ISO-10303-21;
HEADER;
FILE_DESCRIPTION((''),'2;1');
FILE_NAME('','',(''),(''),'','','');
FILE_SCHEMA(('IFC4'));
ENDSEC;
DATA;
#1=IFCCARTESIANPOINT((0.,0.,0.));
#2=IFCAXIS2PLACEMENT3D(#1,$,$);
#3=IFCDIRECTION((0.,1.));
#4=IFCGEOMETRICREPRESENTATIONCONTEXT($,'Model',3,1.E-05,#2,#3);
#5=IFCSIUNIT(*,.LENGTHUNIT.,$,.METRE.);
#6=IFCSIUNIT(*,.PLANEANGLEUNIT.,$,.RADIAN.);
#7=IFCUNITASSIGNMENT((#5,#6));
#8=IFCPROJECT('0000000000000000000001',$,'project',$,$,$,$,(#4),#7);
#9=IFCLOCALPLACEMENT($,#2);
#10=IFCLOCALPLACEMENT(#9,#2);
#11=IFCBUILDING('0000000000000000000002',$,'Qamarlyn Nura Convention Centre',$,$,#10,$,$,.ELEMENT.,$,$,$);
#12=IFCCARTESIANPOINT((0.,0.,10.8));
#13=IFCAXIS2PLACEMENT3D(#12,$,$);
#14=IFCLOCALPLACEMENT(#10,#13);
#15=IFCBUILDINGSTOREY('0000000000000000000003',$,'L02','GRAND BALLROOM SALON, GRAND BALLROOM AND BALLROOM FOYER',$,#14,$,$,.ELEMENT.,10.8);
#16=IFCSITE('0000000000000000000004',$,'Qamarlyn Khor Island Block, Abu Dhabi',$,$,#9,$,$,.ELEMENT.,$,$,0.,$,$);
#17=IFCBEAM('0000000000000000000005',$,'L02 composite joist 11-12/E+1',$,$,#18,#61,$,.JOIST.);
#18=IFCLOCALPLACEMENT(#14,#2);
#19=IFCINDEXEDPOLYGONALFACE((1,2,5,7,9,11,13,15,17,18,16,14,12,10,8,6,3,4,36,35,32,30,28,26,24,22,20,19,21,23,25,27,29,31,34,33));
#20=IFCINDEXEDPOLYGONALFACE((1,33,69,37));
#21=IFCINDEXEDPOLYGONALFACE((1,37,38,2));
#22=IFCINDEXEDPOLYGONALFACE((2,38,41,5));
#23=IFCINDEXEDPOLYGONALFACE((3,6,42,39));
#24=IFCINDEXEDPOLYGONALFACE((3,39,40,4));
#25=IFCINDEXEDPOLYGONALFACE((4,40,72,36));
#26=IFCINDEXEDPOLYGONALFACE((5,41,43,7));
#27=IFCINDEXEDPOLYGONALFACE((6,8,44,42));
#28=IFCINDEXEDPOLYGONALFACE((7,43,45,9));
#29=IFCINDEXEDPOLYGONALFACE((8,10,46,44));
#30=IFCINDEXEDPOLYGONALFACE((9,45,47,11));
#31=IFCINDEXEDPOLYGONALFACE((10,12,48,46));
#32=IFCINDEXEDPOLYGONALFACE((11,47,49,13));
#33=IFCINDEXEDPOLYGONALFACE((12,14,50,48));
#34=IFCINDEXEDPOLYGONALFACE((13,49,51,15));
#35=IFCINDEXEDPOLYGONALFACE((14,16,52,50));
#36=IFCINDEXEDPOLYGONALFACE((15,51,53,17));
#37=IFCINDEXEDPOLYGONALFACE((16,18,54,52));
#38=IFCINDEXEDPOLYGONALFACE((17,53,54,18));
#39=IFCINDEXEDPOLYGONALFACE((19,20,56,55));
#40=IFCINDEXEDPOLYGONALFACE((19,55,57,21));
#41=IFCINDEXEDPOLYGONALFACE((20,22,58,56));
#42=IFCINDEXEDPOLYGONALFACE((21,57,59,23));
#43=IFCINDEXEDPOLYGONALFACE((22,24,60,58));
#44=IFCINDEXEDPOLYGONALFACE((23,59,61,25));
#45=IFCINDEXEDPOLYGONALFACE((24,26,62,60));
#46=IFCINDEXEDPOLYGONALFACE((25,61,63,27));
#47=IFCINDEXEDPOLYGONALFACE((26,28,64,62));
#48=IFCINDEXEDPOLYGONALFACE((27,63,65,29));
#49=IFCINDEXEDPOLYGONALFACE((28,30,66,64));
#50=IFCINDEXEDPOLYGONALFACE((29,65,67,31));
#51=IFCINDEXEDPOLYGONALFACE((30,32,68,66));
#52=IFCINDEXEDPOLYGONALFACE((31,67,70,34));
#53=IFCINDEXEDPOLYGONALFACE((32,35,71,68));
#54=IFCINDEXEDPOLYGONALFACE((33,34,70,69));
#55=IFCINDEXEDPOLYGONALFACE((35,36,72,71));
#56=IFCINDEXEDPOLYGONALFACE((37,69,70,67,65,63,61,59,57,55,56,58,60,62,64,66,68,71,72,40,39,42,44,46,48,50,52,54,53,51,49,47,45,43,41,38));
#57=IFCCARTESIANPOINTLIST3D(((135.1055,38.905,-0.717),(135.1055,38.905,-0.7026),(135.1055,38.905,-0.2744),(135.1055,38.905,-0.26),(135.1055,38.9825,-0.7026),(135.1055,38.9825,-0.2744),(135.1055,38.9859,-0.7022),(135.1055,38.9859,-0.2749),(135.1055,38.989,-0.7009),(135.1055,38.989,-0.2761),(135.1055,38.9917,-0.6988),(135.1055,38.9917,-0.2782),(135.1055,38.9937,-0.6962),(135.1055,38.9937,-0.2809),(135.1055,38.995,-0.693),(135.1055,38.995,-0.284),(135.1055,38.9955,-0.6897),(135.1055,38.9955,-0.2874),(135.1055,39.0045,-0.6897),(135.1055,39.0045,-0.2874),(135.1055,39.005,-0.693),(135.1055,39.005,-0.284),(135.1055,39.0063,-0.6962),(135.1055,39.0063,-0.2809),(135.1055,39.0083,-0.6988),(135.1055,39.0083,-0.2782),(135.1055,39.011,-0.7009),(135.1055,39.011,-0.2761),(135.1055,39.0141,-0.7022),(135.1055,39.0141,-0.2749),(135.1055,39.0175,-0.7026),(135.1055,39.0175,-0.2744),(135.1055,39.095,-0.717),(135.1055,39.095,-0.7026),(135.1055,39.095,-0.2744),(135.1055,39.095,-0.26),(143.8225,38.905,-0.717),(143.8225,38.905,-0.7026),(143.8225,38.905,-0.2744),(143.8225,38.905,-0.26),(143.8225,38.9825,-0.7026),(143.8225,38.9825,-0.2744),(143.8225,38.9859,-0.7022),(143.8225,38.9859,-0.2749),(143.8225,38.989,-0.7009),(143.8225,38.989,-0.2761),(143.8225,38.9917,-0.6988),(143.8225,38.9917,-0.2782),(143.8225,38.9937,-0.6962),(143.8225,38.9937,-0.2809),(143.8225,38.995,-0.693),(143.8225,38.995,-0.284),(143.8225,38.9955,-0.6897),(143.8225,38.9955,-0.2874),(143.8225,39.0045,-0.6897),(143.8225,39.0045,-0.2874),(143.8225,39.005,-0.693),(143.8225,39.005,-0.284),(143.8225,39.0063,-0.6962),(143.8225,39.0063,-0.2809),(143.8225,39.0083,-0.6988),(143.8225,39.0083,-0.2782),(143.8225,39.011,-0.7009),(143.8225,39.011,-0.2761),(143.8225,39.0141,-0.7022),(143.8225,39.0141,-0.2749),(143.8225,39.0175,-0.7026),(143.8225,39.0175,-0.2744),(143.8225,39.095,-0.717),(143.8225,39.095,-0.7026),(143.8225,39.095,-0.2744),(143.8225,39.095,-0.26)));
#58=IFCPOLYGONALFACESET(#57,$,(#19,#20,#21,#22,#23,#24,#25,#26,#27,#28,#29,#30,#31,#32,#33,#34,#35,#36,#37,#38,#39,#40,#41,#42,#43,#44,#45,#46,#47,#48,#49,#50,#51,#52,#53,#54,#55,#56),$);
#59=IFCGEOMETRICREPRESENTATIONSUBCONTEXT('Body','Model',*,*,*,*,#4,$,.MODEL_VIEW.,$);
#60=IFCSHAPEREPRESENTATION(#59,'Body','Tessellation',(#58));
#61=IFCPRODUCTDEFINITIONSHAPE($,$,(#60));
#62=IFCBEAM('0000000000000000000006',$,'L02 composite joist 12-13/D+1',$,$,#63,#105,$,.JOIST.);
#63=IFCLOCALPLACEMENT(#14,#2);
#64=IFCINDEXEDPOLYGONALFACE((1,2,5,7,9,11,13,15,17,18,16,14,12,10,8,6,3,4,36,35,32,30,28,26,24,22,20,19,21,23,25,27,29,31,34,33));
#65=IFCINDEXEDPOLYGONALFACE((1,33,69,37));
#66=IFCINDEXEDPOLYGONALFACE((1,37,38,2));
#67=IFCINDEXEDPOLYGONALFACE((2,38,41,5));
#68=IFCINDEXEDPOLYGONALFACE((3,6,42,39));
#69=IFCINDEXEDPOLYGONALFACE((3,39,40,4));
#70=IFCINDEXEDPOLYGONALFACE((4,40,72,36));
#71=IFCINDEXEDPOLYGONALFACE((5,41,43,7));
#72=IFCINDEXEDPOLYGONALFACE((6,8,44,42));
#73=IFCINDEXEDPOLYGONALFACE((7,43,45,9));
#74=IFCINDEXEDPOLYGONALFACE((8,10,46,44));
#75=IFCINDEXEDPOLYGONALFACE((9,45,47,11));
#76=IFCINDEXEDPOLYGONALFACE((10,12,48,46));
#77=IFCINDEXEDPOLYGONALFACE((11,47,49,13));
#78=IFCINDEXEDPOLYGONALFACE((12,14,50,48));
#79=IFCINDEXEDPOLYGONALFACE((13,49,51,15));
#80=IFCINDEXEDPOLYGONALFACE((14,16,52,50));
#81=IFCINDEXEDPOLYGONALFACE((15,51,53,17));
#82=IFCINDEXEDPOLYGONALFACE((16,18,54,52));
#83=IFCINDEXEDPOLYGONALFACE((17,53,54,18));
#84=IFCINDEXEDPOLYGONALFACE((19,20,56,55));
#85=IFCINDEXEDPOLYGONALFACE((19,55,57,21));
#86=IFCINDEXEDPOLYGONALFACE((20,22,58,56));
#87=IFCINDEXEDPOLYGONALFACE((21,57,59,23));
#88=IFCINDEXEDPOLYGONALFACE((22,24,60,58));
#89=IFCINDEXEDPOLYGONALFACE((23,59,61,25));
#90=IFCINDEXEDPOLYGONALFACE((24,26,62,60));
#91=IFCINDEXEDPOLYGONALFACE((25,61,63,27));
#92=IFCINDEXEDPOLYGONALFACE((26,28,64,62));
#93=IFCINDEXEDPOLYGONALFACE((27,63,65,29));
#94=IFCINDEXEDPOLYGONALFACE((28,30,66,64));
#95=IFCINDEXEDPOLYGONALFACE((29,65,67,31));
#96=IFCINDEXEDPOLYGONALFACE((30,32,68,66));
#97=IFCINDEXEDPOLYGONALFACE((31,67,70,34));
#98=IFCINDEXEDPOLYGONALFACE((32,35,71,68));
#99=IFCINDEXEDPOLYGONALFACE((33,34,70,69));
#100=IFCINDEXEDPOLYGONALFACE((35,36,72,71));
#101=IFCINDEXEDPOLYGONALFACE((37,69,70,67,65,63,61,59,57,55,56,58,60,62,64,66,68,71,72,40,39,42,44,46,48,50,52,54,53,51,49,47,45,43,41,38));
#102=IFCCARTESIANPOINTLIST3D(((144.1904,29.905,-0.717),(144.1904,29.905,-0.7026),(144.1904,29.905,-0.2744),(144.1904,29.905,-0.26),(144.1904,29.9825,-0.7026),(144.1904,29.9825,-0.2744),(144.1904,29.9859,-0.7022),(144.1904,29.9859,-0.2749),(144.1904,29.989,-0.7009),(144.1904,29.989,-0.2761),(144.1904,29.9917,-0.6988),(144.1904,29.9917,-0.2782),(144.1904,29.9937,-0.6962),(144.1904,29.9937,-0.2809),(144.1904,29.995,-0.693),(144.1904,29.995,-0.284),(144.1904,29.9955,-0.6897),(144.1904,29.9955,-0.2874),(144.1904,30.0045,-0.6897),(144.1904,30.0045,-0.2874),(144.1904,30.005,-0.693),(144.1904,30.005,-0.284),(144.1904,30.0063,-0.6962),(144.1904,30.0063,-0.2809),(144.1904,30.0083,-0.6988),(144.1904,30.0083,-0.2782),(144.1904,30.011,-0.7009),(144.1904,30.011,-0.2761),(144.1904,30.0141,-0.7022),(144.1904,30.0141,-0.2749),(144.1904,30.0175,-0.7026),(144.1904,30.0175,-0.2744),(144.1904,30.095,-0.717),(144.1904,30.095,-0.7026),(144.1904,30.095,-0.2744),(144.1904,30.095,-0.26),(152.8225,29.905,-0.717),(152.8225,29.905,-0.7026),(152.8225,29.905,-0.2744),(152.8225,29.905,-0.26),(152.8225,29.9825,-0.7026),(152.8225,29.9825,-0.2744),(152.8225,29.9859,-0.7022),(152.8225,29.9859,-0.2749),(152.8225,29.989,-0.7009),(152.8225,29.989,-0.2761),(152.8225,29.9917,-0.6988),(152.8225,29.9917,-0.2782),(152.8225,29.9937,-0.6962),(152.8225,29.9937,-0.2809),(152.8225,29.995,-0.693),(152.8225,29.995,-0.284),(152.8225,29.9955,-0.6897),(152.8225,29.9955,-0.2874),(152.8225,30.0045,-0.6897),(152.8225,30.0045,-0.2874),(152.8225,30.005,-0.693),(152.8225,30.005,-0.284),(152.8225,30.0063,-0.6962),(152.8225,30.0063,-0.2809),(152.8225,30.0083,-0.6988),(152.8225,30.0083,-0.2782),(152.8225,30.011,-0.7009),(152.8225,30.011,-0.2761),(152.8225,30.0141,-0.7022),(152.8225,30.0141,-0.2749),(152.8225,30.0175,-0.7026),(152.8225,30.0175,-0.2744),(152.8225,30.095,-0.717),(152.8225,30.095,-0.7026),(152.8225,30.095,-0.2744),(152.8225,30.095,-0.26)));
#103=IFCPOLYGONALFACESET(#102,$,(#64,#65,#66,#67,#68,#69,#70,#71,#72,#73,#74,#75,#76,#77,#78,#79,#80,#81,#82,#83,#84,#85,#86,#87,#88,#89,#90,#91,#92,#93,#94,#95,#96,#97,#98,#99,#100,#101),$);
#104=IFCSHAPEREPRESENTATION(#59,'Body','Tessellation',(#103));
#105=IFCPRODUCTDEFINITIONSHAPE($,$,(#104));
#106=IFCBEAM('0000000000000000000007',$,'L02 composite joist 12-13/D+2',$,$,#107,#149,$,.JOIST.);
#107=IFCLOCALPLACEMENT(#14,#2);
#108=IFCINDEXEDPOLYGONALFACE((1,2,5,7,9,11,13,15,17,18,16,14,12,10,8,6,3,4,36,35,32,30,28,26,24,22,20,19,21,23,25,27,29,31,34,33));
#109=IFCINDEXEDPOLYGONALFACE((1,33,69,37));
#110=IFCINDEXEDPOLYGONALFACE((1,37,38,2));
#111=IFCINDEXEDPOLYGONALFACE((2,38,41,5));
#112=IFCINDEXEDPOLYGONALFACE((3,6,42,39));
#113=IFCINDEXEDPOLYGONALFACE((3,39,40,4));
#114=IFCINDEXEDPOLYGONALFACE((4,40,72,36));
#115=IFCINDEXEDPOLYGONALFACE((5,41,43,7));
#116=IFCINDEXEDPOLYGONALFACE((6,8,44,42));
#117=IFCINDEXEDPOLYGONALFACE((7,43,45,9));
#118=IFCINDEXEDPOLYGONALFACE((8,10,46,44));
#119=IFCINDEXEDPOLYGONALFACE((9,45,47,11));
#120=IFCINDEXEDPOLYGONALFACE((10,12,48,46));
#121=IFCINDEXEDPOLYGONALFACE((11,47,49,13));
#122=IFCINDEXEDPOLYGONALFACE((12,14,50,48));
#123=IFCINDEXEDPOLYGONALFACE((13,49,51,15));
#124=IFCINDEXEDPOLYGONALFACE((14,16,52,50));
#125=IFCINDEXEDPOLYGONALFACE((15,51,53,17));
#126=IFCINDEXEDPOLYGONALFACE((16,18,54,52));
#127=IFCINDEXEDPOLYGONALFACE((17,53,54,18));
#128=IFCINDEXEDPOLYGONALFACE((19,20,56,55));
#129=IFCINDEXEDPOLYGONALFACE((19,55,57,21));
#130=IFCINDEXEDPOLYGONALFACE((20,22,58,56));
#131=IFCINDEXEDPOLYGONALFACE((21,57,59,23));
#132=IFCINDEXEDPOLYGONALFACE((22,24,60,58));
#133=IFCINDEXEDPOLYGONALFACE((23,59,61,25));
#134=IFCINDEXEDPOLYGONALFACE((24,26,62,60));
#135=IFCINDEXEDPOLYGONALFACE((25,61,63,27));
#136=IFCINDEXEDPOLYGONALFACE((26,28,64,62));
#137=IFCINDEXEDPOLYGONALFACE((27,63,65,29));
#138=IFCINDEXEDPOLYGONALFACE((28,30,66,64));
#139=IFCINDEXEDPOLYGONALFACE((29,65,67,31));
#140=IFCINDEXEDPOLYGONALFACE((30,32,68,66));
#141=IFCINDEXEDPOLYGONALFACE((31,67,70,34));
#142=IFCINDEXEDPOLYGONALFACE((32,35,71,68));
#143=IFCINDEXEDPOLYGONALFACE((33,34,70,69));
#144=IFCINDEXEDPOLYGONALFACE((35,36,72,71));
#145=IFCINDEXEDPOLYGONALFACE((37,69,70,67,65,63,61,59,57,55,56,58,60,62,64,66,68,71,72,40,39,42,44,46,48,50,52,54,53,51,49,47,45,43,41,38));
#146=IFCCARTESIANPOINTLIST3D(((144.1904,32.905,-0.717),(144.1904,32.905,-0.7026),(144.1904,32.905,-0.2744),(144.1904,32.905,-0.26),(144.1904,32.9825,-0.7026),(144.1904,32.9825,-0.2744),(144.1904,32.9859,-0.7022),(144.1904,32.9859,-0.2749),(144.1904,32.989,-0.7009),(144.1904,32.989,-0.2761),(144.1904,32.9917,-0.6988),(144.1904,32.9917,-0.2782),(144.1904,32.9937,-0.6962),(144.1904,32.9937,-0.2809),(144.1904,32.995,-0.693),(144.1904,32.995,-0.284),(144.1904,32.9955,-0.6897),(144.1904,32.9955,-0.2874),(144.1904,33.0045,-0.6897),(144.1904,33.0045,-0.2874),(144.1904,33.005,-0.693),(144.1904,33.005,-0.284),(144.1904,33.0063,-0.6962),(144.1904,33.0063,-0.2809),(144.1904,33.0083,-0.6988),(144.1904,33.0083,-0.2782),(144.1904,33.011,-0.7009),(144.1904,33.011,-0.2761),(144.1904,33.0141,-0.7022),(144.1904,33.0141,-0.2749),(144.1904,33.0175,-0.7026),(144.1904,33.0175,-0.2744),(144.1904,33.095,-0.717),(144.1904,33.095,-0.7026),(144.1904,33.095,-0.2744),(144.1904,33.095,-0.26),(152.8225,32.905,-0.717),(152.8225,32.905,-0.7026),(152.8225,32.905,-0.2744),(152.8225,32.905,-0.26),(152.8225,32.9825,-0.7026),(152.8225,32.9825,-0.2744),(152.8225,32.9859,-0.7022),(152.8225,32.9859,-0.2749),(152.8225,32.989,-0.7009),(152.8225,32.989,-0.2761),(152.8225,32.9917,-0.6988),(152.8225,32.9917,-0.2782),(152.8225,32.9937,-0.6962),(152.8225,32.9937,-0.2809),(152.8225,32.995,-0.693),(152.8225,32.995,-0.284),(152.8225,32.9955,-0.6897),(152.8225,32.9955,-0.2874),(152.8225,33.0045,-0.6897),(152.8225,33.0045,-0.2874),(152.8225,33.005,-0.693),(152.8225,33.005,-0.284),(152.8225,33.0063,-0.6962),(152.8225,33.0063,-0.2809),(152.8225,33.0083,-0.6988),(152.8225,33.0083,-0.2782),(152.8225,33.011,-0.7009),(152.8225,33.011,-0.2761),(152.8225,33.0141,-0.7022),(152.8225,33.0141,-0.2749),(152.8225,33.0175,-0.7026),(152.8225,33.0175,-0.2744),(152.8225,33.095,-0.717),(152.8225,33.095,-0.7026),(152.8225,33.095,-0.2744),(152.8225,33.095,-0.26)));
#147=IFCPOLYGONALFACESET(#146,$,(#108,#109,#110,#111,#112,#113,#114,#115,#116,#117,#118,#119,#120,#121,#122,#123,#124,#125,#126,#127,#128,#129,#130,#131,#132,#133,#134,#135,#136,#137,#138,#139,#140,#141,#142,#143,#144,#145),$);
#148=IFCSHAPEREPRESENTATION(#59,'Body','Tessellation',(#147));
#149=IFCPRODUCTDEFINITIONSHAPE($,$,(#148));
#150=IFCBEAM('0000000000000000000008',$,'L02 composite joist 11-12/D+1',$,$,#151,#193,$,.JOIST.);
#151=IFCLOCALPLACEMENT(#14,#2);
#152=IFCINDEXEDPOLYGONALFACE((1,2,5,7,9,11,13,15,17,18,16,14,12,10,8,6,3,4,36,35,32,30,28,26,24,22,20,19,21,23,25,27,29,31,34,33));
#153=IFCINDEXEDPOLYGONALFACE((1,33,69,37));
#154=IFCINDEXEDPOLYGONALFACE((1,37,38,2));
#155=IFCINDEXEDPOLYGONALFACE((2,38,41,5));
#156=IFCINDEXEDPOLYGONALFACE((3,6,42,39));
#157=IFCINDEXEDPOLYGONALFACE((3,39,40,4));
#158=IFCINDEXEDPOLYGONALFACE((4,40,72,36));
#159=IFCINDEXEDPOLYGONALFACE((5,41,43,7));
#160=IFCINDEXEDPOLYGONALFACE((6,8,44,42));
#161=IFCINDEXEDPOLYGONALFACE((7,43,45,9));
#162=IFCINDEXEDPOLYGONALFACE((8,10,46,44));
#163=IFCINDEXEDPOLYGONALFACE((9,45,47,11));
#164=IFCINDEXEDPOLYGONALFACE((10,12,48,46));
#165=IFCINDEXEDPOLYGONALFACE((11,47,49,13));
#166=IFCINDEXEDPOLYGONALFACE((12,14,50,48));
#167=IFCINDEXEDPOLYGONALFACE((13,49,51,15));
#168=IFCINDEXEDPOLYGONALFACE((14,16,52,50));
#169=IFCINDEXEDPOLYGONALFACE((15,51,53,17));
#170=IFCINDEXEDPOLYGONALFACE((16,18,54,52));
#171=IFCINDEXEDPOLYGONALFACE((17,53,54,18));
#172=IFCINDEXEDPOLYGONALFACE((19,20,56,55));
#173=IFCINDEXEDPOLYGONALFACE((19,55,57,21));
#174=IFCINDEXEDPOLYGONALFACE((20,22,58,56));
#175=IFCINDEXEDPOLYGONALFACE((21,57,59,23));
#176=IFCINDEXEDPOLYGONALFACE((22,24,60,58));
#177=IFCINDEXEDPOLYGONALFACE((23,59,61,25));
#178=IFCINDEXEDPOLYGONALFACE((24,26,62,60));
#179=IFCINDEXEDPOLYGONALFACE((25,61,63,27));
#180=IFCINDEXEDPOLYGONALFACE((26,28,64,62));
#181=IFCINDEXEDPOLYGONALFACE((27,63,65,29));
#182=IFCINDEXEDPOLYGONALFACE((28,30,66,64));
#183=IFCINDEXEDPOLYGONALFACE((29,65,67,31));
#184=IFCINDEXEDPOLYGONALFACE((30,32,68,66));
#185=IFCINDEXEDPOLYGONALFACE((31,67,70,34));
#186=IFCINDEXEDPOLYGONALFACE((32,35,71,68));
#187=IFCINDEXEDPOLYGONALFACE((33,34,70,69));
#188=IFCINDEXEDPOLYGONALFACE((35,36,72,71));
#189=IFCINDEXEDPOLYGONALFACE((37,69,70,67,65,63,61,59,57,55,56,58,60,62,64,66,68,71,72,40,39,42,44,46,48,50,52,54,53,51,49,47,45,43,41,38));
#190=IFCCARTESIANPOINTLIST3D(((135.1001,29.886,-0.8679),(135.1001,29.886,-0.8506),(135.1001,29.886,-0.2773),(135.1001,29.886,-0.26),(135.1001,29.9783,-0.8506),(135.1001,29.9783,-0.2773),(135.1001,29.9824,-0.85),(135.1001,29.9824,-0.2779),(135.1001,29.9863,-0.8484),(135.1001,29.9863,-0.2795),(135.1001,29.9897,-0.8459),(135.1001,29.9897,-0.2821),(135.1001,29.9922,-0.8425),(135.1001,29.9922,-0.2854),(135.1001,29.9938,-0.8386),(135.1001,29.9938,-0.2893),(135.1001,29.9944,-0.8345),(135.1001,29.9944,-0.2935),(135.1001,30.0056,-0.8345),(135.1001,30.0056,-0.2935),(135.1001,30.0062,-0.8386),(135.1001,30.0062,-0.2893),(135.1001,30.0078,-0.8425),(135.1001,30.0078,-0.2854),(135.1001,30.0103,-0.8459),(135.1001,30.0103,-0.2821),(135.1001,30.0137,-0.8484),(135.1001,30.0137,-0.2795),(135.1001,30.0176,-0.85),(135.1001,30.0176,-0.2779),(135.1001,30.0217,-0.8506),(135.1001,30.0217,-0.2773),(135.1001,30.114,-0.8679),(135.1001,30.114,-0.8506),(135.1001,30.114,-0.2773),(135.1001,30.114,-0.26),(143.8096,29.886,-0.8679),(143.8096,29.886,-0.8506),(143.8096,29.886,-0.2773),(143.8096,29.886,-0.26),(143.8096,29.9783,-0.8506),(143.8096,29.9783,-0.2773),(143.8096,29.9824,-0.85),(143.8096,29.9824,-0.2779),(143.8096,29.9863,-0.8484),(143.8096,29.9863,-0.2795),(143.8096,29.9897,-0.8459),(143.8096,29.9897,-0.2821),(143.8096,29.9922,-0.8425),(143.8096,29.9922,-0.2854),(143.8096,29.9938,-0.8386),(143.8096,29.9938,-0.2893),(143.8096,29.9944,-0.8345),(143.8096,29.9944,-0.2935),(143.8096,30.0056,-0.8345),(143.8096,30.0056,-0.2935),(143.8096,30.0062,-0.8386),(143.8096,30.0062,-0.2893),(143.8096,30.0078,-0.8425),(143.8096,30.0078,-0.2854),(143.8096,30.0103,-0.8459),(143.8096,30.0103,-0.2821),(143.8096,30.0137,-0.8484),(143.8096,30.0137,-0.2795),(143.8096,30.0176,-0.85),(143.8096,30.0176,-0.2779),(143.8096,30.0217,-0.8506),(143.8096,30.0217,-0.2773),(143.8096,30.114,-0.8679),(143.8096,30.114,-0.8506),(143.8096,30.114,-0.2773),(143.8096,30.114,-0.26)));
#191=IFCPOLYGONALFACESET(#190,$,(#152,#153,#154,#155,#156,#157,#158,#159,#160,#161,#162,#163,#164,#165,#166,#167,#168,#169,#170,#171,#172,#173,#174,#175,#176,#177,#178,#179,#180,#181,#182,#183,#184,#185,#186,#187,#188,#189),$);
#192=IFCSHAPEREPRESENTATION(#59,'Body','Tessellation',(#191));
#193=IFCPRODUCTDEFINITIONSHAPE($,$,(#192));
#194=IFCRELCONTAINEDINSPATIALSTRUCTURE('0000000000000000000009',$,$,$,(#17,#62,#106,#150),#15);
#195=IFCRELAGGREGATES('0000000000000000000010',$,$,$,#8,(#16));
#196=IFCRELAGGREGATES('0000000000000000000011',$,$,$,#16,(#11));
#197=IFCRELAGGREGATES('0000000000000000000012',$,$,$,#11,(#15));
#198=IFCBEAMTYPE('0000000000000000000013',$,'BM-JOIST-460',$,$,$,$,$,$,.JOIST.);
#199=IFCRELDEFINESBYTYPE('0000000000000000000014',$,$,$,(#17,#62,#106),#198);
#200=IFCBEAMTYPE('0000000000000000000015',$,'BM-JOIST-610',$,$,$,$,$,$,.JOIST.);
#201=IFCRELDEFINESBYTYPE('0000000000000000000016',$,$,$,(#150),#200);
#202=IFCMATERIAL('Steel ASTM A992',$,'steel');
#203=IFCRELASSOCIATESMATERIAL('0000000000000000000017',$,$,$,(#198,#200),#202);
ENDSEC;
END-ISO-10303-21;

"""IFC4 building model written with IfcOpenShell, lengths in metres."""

from ifc_helpers import new_model, si_unit, direction, frame, origin, origin_2d, place, context, subcontext, project, spatial, i_section, extrude, material, material_profile, profile_set, type_object, element, save


model = new_model("IFC4")

# Units and contexts
model_context = context("Model", 3, precision=1e-05, world=origin(), true_north=direction((0.0, 1.0)))
body_context = subcontext(model_context, "Body", "Model", "MODEL_VIEW")
ifc_project = project(units=[si_unit("LENGTHUNIT", "METRE"), si_unit("PLANEANGLEUNIT", "RADIAN")], contexts=[model_context])

# Site, building, storey
site_placement = place(None, origin())
site = spatial("IfcSite", under=ifc_project, at=site_placement, Name="Qamarlyn Khor Island Block, Abu Dhabi", CompositionType="ELEMENT", RefElevation=0.0)
building_placement = place(site_placement, origin())
building = spatial("IfcBuilding", under=site, at=building_placement, Name="Qamarlyn Nura Convention Centre", CompositionType="ELEMENT")
storey_placement = place(building_placement, frame((0.0, 0.0, 10.8)))
storey = spatial("IfcBuildingStorey", under=building, at=storey_placement, Name="L02", Description="GRAND BALLROOM SALON, GRAND BALLROOM AND BALLROOM FOYER", CompositionType="ELEMENT", Elevation=10.8)

# Shared definitions
ifc_material_1 = material(Name="Steel ASTM A992", Category="steel")

# Beams
ifc_material_profile_1 = material_profile(ifc_material_1, i_section(OverallWidth=0.1899, OverallDepth=0.457, WebThickness=0.009, FlangeThickness=0.0144, FilletRadius=0.0129, at=origin_2d()), Name="W460X74")
ifc_profile_set_1 = profile_set([ifc_material_profile_1], Name="Steel ASTM A992")
beam_type_1 = type_object("IfcBeamType", Name="BM-JOIST-460", PredefinedType="JOIST", material=ifc_profile_set_1)
beam_1_placement = place(storey_placement, frame((135.1055, 39.0, -0.4885), z_axis=(1.0, 0.0, 0.0), x_axis=(0.0, 1.0, 0.0)))
element("IfcBeam", 1, at=beam_1_placement, inside=storey, type_object=beam_type_1, Name="L02 composite joist 11-12/E+1", PredefinedType="JOIST", context=body_context, shape_type="SweptSolid", body=[
    extrude(i_section(OverallWidth=0.1899, OverallDepth=0.457, WebThickness=0.009, FlangeThickness=0.0144, FilletRadius=0.0129, at=origin_2d()), origin(), (0.0, 0.0, 1.0), 8.717),
])
for number, where, z_axis, x_axis, name in (
    (2, (144.1904, 30.0, -0.4885), (1.0, 0.0, 0.0), (0.0, 1.0, 0.0), "L02 composite joist 12-13/D+1"),
    (3, (144.1904, 33.0, -0.4885), (1.0, 0.0, 0.0), (0.0, 1.0, 0.0), "L02 composite joist 12-13/D+2"),
):
    element("IfcBeam", number, at=place(storey_placement, frame(where, z_axis=z_axis, x_axis=x_axis)), inside=storey, type_object=beam_type_1, Name=name, PredefinedType="JOIST", context=body_context, shape_type="SweptSolid", body=[
        extrude(i_section(OverallWidth=0.1899, OverallDepth=0.457, WebThickness=0.009, FlangeThickness=0.0144, FilletRadius=0.0129, at=origin_2d()), origin(), (0.0, 0.0, 1.0), 8.6321),
    ])
ifc_material_profile_2 = material_profile(ifc_material_1, i_section(OverallWidth=0.228, OverallDepth=0.6079, WebThickness=0.0112, FlangeThickness=0.0173, FilletRadius=0.0161, at=origin_2d()), Name="W610X113")
ifc_profile_set_2 = profile_set([ifc_material_profile_2], Name="Steel ASTM A992")
beam_type_2 = type_object("IfcBeamType", Name="BM-JOIST-610", PredefinedType="JOIST", material=ifc_profile_set_2)
for number, where, z_axis, x_axis, name in (
    (4, (135.1001, 30.0, -0.564), (1.0, 0.0, 0.0), (0.0, 1.0, 0.0), "L02 composite joist 11-12/D+1"),
):
    element("IfcBeam", number, at=place(storey_placement, frame(where, z_axis=z_axis, x_axis=x_axis)), inside=storey, type_object=beam_type_2, Name=name, PredefinedType="JOIST", context=body_context, shape_type="SweptSolid", body=[
        extrude(i_section(OverallWidth=0.228, OverallDepth=0.6079, WebThickness=0.0112, FlangeThickness=0.0173, FilletRadius=0.0161, at=origin_2d()), origin(), (0.0, 0.0, 1.0), 8.7095),
    ])

save(model, "model.ifc")
